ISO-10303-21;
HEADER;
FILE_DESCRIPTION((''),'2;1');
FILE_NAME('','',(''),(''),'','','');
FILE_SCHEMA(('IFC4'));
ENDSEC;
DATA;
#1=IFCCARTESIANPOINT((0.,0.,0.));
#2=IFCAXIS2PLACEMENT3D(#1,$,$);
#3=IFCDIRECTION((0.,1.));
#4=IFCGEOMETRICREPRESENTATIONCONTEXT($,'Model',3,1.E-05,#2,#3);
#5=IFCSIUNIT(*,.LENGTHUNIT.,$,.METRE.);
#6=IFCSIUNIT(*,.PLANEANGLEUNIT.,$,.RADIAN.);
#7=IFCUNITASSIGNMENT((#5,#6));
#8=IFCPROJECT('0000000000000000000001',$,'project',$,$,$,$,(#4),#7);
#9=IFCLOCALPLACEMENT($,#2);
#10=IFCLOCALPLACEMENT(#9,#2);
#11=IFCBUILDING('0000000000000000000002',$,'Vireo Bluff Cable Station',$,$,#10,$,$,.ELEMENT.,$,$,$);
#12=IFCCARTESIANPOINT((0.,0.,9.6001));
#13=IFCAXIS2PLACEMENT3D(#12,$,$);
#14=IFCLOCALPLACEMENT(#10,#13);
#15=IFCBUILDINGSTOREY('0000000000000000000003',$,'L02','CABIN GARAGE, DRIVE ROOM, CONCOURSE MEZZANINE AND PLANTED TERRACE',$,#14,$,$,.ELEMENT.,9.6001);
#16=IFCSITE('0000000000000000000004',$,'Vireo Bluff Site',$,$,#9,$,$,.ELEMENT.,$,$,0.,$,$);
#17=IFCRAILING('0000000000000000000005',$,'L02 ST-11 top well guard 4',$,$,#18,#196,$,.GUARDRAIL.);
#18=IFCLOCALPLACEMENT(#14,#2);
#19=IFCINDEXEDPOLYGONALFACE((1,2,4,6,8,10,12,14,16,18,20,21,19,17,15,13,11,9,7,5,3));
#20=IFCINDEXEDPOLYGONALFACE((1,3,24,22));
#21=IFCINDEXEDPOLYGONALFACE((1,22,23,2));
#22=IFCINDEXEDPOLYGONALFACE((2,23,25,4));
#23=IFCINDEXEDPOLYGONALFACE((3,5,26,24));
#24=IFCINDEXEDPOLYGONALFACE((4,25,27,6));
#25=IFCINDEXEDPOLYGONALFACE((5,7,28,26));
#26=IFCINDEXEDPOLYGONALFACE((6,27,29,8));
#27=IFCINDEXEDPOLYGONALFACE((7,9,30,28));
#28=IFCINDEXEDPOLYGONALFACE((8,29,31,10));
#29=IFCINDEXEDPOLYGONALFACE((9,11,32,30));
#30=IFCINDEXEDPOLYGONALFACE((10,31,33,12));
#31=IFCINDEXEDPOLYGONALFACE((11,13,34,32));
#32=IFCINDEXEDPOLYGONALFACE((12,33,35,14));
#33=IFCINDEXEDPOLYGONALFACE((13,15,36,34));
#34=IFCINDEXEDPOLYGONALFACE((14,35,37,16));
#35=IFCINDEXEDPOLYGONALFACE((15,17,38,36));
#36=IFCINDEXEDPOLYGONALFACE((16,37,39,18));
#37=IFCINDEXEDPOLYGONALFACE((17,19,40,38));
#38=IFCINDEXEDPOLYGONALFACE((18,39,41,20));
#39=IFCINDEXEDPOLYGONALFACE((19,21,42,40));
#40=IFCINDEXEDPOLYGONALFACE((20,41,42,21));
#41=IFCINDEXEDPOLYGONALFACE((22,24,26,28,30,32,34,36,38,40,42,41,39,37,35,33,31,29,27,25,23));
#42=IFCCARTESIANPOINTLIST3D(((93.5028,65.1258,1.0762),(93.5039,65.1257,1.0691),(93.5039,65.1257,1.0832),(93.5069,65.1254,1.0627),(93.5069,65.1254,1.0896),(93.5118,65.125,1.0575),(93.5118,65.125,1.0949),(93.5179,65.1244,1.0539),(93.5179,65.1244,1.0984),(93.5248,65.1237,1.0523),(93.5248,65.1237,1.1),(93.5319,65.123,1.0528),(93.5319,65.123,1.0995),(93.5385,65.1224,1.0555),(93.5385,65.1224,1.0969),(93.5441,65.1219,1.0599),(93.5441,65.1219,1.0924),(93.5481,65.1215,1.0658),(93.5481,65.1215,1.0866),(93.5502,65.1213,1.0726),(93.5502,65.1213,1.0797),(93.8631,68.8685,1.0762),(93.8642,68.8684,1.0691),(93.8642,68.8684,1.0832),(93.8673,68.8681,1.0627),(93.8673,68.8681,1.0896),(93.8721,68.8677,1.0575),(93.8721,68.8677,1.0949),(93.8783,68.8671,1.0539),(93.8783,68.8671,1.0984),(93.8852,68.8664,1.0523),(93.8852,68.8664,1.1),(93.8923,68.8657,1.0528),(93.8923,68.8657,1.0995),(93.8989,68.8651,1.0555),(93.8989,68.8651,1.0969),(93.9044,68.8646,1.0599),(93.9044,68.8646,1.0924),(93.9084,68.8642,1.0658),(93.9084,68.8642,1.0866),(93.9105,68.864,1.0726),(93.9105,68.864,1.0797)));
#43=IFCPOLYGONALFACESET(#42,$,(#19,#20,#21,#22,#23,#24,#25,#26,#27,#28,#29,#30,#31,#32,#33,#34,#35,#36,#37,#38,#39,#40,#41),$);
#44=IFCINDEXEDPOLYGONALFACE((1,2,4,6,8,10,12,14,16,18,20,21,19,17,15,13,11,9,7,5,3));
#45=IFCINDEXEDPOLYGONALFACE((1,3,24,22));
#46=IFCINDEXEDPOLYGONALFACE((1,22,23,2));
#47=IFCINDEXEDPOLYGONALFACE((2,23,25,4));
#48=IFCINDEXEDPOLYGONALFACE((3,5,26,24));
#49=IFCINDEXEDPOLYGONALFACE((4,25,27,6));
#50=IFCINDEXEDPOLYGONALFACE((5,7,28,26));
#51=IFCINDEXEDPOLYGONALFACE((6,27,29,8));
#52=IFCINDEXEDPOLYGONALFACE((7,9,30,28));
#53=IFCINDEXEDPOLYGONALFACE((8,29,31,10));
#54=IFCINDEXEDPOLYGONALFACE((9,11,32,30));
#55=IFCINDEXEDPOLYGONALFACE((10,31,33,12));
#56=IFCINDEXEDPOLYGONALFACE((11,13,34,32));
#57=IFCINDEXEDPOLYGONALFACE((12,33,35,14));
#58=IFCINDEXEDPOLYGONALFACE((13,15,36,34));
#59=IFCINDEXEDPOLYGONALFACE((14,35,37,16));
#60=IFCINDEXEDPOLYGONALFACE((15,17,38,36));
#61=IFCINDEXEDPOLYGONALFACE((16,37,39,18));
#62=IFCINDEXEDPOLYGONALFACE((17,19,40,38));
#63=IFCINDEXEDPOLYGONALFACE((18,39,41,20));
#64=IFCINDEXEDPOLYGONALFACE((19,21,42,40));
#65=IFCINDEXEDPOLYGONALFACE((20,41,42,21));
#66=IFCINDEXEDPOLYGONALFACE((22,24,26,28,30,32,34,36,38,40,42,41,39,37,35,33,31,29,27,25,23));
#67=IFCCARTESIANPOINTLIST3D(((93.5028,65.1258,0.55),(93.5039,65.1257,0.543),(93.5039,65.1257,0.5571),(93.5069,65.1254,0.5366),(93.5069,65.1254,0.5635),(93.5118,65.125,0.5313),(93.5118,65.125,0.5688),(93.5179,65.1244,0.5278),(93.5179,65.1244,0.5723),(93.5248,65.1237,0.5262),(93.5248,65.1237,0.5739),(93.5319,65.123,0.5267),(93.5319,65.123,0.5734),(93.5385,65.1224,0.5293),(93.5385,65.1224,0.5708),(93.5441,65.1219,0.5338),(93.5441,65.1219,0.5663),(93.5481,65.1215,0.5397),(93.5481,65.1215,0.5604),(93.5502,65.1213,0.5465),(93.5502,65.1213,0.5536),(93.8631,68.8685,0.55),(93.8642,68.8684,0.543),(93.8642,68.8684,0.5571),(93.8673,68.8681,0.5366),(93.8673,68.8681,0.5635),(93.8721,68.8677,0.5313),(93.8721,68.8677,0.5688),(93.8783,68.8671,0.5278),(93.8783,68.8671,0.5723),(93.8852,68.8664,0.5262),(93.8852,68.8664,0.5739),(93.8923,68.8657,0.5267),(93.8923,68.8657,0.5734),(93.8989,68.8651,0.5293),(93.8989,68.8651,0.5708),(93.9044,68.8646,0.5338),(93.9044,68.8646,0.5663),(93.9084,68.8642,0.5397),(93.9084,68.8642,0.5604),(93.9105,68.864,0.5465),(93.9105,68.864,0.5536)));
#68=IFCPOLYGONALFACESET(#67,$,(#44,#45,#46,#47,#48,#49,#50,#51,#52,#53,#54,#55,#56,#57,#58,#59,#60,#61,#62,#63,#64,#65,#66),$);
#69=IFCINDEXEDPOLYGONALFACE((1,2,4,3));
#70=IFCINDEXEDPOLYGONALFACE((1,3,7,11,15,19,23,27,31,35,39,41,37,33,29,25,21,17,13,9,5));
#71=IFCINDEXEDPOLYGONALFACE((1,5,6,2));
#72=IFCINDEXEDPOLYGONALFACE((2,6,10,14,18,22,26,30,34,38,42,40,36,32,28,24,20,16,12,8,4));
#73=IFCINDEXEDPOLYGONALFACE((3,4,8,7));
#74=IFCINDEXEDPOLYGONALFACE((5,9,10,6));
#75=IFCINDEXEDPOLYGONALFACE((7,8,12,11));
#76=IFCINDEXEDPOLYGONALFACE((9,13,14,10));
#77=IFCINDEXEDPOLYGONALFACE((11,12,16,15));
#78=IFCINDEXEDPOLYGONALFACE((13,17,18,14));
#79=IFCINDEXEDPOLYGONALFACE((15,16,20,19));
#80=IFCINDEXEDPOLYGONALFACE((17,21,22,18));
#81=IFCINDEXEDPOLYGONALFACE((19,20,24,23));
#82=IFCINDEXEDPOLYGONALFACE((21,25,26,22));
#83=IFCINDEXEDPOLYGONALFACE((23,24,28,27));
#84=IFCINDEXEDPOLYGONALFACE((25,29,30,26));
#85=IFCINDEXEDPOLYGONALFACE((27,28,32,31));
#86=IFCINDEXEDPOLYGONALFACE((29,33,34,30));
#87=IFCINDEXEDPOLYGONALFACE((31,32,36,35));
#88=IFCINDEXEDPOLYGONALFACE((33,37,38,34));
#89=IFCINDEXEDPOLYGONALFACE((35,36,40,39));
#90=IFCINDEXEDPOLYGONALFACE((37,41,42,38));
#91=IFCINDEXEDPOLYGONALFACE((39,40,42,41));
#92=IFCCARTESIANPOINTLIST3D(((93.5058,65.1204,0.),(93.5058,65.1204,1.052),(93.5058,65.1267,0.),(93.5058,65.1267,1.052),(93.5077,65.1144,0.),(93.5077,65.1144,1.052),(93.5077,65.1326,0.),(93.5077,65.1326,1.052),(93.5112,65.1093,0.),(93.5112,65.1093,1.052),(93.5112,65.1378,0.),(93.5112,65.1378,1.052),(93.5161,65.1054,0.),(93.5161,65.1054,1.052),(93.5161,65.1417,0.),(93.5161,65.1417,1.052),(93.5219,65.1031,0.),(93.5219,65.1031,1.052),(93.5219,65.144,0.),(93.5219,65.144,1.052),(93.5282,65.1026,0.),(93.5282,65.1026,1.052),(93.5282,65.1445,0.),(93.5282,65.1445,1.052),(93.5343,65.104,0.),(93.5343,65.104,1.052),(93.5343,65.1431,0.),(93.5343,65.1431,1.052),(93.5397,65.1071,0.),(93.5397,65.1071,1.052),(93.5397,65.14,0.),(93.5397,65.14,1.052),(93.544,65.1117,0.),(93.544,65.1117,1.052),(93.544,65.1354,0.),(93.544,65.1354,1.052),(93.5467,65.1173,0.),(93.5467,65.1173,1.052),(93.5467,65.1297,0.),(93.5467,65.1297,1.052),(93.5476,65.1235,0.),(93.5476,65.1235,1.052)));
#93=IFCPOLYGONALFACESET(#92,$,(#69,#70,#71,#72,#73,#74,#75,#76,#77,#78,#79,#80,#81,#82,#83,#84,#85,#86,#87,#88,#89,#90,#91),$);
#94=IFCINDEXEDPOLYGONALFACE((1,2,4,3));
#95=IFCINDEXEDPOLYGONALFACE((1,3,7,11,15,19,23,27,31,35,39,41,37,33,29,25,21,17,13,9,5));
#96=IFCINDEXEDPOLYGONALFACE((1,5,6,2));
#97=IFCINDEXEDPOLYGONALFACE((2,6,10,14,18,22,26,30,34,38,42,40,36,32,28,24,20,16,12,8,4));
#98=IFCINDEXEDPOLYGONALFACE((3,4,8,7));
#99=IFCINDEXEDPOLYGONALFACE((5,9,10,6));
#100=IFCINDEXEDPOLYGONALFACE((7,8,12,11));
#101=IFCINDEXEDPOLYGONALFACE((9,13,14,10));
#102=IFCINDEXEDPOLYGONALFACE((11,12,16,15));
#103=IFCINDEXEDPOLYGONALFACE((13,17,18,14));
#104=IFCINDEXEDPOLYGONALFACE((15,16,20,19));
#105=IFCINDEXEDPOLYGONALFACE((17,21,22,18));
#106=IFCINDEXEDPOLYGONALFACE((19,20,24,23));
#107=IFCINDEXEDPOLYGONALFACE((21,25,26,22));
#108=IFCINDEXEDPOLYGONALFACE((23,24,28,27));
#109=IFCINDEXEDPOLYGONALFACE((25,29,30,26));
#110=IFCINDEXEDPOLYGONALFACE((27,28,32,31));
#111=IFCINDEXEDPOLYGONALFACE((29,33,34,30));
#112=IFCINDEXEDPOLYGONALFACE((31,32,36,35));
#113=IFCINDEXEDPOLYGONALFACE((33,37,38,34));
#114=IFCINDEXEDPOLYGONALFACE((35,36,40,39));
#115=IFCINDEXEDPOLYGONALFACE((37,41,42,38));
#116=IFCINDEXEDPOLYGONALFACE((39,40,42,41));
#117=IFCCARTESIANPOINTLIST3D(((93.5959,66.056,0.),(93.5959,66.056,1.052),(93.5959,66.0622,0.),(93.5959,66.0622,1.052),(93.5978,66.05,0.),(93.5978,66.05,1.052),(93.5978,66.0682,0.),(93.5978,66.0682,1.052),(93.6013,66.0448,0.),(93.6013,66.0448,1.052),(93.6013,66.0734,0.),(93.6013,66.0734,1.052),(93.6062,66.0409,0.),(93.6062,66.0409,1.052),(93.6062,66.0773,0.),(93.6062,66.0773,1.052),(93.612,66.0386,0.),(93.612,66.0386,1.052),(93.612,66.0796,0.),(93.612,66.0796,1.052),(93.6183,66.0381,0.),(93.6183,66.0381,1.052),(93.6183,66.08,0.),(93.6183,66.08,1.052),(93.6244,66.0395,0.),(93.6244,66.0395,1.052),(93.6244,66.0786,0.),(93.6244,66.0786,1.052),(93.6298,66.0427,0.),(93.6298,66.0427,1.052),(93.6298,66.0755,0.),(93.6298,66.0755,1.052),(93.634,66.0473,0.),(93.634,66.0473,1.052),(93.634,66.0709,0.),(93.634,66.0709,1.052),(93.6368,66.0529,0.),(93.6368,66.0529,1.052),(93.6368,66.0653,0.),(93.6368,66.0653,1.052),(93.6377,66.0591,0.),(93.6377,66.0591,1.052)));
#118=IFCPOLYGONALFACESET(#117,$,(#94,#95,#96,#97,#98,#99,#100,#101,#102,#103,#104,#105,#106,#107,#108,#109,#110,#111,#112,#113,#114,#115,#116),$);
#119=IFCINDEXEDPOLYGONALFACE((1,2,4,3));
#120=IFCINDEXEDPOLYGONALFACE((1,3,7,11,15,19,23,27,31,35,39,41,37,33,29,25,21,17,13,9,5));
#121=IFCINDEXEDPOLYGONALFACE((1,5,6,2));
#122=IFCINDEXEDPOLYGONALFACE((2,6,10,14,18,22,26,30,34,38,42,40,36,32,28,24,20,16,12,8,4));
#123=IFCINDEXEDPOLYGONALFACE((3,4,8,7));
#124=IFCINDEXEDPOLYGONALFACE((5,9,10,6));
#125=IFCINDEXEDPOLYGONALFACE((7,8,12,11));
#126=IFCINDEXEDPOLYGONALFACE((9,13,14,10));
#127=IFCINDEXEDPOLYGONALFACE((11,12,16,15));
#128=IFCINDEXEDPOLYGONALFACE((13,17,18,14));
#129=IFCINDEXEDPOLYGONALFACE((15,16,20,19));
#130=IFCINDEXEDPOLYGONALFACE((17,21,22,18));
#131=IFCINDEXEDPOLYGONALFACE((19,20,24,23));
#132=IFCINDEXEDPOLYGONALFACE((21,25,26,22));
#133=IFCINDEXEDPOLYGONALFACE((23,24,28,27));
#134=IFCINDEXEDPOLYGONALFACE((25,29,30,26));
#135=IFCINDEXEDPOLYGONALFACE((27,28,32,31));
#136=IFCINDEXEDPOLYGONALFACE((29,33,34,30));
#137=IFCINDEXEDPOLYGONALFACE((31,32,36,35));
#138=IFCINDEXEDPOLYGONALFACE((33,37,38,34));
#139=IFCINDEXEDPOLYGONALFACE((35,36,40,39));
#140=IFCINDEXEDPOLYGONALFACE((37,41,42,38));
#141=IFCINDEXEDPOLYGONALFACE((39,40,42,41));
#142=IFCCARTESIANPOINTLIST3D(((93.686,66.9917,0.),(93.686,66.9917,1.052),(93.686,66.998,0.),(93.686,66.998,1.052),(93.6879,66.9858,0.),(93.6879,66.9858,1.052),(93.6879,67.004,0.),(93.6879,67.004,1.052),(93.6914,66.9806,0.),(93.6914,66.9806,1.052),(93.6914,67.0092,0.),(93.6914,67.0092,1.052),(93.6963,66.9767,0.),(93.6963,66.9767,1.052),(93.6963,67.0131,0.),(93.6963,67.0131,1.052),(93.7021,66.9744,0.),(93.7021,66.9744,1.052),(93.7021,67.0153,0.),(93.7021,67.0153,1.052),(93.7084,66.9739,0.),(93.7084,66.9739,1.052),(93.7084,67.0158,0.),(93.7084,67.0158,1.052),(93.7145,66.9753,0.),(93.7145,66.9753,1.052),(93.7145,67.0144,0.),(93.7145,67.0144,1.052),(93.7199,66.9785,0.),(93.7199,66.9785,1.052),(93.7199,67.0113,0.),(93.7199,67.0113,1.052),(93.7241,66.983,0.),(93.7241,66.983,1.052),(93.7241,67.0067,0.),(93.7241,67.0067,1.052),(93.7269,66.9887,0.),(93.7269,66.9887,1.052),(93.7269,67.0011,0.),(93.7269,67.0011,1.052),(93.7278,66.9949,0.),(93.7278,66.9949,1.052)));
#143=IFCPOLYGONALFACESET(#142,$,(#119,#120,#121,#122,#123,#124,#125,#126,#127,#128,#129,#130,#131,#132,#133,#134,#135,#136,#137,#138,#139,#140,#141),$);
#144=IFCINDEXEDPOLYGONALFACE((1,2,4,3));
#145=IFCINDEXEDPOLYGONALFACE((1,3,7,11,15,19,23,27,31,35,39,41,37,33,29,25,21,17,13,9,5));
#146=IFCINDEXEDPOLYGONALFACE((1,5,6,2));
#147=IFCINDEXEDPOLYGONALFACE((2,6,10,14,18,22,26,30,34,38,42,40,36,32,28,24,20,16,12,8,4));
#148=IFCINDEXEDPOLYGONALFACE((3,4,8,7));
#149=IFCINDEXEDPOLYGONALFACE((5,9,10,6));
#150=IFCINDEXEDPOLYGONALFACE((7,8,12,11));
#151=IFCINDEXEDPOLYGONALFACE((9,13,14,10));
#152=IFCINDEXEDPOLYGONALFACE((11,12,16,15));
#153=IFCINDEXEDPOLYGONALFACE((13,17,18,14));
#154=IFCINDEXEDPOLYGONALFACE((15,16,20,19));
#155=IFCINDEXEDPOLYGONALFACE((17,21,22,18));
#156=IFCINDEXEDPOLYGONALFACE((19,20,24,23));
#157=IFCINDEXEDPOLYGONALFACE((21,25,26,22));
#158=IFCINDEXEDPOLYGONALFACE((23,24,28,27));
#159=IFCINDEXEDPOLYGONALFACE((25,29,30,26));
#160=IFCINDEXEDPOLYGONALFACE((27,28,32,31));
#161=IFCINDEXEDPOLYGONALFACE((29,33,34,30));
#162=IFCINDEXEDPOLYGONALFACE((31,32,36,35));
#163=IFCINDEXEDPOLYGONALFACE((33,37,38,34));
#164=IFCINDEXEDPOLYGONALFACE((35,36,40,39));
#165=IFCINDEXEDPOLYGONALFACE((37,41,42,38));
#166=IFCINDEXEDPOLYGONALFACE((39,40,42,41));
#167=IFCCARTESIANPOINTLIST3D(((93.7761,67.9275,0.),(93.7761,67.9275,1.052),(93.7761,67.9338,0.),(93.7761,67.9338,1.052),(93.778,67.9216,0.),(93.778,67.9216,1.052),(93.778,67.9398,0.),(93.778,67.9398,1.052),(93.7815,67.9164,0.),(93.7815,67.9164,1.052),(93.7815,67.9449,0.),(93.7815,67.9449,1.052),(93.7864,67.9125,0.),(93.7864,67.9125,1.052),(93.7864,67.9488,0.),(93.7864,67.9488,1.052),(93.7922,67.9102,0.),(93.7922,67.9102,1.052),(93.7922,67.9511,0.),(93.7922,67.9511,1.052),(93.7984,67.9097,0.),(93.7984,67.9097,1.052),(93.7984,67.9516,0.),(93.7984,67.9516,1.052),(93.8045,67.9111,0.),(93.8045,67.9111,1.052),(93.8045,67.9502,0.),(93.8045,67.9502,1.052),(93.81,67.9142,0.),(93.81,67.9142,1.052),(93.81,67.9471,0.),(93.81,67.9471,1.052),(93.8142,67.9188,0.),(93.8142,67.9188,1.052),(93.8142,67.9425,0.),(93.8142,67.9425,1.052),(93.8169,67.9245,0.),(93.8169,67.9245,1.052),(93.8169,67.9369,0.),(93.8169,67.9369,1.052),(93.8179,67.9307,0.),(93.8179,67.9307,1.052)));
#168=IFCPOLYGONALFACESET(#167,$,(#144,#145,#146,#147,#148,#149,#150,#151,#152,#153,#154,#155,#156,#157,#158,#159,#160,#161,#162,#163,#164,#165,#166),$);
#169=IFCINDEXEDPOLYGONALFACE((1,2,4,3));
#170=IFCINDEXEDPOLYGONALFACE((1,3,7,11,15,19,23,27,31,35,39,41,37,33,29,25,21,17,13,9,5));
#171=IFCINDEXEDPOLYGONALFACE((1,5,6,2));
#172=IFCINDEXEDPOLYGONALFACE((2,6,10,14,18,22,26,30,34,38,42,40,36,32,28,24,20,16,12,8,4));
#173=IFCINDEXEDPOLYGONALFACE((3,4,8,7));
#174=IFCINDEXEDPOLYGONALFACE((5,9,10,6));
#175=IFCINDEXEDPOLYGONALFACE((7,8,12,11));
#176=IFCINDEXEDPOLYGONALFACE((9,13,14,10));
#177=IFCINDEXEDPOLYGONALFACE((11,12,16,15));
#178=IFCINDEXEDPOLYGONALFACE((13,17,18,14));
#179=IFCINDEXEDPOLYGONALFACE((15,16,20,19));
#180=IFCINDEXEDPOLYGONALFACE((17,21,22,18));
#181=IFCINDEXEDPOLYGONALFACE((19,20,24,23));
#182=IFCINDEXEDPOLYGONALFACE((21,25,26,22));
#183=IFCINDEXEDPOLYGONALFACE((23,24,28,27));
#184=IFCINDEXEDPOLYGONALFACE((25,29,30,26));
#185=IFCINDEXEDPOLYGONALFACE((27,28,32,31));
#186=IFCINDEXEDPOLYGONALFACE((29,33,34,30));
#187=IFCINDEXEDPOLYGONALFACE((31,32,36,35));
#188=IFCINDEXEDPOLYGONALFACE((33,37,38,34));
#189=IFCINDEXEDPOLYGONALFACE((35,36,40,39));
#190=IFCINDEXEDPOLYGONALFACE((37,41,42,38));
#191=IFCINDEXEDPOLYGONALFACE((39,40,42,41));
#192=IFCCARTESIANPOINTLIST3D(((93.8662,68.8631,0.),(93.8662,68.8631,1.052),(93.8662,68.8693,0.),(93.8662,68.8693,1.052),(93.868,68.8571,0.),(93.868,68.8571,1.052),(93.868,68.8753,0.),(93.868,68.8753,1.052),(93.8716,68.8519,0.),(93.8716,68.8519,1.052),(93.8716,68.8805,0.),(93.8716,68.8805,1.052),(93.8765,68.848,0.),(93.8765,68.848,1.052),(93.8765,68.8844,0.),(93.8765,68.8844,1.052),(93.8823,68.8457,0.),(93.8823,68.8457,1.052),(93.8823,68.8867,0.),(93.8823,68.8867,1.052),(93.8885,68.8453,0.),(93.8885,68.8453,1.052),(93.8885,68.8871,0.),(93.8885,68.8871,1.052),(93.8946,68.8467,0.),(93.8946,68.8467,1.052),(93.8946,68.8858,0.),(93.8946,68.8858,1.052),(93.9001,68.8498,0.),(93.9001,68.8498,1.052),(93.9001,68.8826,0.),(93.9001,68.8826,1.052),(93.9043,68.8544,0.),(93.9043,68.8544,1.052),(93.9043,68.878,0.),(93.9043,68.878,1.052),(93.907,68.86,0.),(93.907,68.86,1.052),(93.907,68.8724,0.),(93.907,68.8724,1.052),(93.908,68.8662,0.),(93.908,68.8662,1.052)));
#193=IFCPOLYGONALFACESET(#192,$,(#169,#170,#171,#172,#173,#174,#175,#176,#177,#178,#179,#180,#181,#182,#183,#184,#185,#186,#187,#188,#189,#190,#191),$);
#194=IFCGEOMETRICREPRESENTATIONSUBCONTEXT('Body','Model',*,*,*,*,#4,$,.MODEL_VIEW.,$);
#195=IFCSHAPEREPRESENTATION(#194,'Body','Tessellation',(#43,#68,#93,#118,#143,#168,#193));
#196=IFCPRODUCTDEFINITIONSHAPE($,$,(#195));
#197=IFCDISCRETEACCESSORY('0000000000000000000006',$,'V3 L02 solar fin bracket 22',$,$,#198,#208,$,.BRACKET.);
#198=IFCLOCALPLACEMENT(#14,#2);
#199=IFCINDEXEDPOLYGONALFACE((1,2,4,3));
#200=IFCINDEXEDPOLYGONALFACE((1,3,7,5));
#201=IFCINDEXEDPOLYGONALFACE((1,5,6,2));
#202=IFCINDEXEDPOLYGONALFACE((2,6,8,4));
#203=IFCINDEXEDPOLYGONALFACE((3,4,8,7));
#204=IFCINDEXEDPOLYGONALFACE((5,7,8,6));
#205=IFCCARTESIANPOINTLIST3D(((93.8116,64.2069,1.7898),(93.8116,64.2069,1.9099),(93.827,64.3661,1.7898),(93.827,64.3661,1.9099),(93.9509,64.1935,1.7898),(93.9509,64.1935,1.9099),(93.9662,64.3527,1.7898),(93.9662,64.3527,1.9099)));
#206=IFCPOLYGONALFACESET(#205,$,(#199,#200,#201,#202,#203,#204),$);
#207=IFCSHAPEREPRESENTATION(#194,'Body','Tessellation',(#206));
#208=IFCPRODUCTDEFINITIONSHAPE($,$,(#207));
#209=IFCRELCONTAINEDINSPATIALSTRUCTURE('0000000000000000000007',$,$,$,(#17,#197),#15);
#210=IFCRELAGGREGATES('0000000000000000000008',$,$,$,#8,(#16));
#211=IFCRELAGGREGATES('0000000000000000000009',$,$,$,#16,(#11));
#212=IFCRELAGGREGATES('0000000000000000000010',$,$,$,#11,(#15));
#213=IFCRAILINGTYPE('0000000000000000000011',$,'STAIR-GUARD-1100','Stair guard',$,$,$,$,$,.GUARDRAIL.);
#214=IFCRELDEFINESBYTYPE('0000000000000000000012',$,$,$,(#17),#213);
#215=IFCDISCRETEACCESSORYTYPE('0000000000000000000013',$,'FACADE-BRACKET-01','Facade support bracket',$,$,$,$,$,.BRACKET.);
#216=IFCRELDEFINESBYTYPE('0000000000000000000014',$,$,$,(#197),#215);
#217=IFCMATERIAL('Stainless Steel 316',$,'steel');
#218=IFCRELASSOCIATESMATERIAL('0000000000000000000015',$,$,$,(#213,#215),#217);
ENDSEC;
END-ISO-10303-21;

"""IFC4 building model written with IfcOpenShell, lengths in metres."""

from ifc_helpers import new_model, si_unit, direction, frame, origin, origin_2d, place, context, subcontext, project, spatial, rectangle, circle, extrude, material, type_object, element, save


model = new_model("IFC4")

# Units and contexts
model_context = context("Model", 3, precision=1e-05, world=origin(), true_north=direction((0.0, 1.0)))
body_context = subcontext(model_context, "Body", "Model", "MODEL_VIEW")
ifc_project = project(units=[si_unit("LENGTHUNIT", "METRE"), si_unit("PLANEANGLEUNIT", "RADIAN")], contexts=[model_context])

# Site, building, storey
site_placement = place(None, origin())
site = spatial("IfcSite", under=ifc_project, at=site_placement, Name="Vireo Bluff Site", CompositionType="ELEMENT", RefElevation=0.0)
building_placement = place(site_placement, origin())
building = spatial("IfcBuilding", under=site, at=building_placement, Name="Vireo Bluff Cable Station", CompositionType="ELEMENT")
storey_placement = place(building_placement, frame((0.0, 0.0, 9.6001)))
storey = spatial("IfcBuildingStorey", under=building, at=storey_placement, Name="L02", Description="CABIN GARAGE, DRIVE ROOM, CONCOURSE MEZZANINE AND PLANTED TERRACE", CompositionType="ELEMENT", Elevation=9.6001)

# Railing
ifc_material_1 = material(Name="Stainless Steel 316", Category="steel")
railing_type = type_object("IfcRailingType", Name="STAIR-GUARD-1100", Description="Stair guard", PredefinedType="GUARDRAIL", material=ifc_material_1)
railing_placement = place(storey_placement, frame((93.5266, 65.1235, 0.0)))
element("IfcRailing", 1, at=railing_placement, inside=storey, type_object=railing_type, Name="L02 ST-11 top well guard 4", PredefinedType="GUARDRAIL", context=body_context, shape_type="SweptSolid", body=[
    extrude(circle(Radius=0.0239, at=origin_2d()), frame((0.0, 0.0, 1.0762), z_axis=(0.095839, 0.995397, 0.0), x_axis=(-0.995397, 0.095839, 0.0)), (0.0, 0.0, 1.0), 3.76),
    extrude(circle(Radius=0.0239, at=origin_2d()), frame((0.0, 0.0, 0.55), z_axis=(0.095839, 0.995397, 0.0), x_axis=(-0.995397, 0.095839, 0.0)), (0.0, 0.0, 1.0), 3.76),
    extrude(circle(Radius=0.021, at=origin_2d()), origin(), (0.0, 0.0, 1.0), 1.052),
    extrude(circle(Radius=0.021, at=origin_2d()), frame((0.0901, 0.9355, 0.0)), (0.0, 0.0, 1.0), 1.052),
    extrude(circle(Radius=0.021, at=origin_2d()), frame((0.1802, 1.8713, 0.0)), (0.0, 0.0, 1.0), 1.052),
    extrude(circle(Radius=0.021, at=origin_2d()), frame((0.2703, 2.8071, 0.0)), (0.0, 0.0, 1.0), 1.052),
    extrude(circle(Radius=0.021, at=origin_2d()), frame((0.3604, 3.7427, 0.0)), (0.0, 0.0, 1.0), 1.052),
])

# Discrete accessory
discrete_accessory_type = type_object("IfcDiscreteAccessoryType", Name="FACADE-BRACKET-01", Description="Facade support bracket", PredefinedType="BRACKET", material=ifc_material_1)
discrete_accessory_placement = place(storey_placement, frame((93.8889, 64.2798, 1.7898), z_axis=(0.0, 0.0, 1.0), x_axis=(-0.995396, 0.095846, 0.0)))
element("IfcDiscreteAccessory", 2, at=discrete_accessory_placement, inside=storey, type_object=discrete_accessory_type, Name="V3 L02 solar fin bracket 22", PredefinedType="BRACKET", context=body_context, shape_type="SweptSolid", body=[
    extrude(rectangle(XDim=0.1399, YDim=0.1599, at=origin_2d()), origin(), (0.0, 0.0, 1.0), 0.1201),
])

save(model, "model.ifc")
